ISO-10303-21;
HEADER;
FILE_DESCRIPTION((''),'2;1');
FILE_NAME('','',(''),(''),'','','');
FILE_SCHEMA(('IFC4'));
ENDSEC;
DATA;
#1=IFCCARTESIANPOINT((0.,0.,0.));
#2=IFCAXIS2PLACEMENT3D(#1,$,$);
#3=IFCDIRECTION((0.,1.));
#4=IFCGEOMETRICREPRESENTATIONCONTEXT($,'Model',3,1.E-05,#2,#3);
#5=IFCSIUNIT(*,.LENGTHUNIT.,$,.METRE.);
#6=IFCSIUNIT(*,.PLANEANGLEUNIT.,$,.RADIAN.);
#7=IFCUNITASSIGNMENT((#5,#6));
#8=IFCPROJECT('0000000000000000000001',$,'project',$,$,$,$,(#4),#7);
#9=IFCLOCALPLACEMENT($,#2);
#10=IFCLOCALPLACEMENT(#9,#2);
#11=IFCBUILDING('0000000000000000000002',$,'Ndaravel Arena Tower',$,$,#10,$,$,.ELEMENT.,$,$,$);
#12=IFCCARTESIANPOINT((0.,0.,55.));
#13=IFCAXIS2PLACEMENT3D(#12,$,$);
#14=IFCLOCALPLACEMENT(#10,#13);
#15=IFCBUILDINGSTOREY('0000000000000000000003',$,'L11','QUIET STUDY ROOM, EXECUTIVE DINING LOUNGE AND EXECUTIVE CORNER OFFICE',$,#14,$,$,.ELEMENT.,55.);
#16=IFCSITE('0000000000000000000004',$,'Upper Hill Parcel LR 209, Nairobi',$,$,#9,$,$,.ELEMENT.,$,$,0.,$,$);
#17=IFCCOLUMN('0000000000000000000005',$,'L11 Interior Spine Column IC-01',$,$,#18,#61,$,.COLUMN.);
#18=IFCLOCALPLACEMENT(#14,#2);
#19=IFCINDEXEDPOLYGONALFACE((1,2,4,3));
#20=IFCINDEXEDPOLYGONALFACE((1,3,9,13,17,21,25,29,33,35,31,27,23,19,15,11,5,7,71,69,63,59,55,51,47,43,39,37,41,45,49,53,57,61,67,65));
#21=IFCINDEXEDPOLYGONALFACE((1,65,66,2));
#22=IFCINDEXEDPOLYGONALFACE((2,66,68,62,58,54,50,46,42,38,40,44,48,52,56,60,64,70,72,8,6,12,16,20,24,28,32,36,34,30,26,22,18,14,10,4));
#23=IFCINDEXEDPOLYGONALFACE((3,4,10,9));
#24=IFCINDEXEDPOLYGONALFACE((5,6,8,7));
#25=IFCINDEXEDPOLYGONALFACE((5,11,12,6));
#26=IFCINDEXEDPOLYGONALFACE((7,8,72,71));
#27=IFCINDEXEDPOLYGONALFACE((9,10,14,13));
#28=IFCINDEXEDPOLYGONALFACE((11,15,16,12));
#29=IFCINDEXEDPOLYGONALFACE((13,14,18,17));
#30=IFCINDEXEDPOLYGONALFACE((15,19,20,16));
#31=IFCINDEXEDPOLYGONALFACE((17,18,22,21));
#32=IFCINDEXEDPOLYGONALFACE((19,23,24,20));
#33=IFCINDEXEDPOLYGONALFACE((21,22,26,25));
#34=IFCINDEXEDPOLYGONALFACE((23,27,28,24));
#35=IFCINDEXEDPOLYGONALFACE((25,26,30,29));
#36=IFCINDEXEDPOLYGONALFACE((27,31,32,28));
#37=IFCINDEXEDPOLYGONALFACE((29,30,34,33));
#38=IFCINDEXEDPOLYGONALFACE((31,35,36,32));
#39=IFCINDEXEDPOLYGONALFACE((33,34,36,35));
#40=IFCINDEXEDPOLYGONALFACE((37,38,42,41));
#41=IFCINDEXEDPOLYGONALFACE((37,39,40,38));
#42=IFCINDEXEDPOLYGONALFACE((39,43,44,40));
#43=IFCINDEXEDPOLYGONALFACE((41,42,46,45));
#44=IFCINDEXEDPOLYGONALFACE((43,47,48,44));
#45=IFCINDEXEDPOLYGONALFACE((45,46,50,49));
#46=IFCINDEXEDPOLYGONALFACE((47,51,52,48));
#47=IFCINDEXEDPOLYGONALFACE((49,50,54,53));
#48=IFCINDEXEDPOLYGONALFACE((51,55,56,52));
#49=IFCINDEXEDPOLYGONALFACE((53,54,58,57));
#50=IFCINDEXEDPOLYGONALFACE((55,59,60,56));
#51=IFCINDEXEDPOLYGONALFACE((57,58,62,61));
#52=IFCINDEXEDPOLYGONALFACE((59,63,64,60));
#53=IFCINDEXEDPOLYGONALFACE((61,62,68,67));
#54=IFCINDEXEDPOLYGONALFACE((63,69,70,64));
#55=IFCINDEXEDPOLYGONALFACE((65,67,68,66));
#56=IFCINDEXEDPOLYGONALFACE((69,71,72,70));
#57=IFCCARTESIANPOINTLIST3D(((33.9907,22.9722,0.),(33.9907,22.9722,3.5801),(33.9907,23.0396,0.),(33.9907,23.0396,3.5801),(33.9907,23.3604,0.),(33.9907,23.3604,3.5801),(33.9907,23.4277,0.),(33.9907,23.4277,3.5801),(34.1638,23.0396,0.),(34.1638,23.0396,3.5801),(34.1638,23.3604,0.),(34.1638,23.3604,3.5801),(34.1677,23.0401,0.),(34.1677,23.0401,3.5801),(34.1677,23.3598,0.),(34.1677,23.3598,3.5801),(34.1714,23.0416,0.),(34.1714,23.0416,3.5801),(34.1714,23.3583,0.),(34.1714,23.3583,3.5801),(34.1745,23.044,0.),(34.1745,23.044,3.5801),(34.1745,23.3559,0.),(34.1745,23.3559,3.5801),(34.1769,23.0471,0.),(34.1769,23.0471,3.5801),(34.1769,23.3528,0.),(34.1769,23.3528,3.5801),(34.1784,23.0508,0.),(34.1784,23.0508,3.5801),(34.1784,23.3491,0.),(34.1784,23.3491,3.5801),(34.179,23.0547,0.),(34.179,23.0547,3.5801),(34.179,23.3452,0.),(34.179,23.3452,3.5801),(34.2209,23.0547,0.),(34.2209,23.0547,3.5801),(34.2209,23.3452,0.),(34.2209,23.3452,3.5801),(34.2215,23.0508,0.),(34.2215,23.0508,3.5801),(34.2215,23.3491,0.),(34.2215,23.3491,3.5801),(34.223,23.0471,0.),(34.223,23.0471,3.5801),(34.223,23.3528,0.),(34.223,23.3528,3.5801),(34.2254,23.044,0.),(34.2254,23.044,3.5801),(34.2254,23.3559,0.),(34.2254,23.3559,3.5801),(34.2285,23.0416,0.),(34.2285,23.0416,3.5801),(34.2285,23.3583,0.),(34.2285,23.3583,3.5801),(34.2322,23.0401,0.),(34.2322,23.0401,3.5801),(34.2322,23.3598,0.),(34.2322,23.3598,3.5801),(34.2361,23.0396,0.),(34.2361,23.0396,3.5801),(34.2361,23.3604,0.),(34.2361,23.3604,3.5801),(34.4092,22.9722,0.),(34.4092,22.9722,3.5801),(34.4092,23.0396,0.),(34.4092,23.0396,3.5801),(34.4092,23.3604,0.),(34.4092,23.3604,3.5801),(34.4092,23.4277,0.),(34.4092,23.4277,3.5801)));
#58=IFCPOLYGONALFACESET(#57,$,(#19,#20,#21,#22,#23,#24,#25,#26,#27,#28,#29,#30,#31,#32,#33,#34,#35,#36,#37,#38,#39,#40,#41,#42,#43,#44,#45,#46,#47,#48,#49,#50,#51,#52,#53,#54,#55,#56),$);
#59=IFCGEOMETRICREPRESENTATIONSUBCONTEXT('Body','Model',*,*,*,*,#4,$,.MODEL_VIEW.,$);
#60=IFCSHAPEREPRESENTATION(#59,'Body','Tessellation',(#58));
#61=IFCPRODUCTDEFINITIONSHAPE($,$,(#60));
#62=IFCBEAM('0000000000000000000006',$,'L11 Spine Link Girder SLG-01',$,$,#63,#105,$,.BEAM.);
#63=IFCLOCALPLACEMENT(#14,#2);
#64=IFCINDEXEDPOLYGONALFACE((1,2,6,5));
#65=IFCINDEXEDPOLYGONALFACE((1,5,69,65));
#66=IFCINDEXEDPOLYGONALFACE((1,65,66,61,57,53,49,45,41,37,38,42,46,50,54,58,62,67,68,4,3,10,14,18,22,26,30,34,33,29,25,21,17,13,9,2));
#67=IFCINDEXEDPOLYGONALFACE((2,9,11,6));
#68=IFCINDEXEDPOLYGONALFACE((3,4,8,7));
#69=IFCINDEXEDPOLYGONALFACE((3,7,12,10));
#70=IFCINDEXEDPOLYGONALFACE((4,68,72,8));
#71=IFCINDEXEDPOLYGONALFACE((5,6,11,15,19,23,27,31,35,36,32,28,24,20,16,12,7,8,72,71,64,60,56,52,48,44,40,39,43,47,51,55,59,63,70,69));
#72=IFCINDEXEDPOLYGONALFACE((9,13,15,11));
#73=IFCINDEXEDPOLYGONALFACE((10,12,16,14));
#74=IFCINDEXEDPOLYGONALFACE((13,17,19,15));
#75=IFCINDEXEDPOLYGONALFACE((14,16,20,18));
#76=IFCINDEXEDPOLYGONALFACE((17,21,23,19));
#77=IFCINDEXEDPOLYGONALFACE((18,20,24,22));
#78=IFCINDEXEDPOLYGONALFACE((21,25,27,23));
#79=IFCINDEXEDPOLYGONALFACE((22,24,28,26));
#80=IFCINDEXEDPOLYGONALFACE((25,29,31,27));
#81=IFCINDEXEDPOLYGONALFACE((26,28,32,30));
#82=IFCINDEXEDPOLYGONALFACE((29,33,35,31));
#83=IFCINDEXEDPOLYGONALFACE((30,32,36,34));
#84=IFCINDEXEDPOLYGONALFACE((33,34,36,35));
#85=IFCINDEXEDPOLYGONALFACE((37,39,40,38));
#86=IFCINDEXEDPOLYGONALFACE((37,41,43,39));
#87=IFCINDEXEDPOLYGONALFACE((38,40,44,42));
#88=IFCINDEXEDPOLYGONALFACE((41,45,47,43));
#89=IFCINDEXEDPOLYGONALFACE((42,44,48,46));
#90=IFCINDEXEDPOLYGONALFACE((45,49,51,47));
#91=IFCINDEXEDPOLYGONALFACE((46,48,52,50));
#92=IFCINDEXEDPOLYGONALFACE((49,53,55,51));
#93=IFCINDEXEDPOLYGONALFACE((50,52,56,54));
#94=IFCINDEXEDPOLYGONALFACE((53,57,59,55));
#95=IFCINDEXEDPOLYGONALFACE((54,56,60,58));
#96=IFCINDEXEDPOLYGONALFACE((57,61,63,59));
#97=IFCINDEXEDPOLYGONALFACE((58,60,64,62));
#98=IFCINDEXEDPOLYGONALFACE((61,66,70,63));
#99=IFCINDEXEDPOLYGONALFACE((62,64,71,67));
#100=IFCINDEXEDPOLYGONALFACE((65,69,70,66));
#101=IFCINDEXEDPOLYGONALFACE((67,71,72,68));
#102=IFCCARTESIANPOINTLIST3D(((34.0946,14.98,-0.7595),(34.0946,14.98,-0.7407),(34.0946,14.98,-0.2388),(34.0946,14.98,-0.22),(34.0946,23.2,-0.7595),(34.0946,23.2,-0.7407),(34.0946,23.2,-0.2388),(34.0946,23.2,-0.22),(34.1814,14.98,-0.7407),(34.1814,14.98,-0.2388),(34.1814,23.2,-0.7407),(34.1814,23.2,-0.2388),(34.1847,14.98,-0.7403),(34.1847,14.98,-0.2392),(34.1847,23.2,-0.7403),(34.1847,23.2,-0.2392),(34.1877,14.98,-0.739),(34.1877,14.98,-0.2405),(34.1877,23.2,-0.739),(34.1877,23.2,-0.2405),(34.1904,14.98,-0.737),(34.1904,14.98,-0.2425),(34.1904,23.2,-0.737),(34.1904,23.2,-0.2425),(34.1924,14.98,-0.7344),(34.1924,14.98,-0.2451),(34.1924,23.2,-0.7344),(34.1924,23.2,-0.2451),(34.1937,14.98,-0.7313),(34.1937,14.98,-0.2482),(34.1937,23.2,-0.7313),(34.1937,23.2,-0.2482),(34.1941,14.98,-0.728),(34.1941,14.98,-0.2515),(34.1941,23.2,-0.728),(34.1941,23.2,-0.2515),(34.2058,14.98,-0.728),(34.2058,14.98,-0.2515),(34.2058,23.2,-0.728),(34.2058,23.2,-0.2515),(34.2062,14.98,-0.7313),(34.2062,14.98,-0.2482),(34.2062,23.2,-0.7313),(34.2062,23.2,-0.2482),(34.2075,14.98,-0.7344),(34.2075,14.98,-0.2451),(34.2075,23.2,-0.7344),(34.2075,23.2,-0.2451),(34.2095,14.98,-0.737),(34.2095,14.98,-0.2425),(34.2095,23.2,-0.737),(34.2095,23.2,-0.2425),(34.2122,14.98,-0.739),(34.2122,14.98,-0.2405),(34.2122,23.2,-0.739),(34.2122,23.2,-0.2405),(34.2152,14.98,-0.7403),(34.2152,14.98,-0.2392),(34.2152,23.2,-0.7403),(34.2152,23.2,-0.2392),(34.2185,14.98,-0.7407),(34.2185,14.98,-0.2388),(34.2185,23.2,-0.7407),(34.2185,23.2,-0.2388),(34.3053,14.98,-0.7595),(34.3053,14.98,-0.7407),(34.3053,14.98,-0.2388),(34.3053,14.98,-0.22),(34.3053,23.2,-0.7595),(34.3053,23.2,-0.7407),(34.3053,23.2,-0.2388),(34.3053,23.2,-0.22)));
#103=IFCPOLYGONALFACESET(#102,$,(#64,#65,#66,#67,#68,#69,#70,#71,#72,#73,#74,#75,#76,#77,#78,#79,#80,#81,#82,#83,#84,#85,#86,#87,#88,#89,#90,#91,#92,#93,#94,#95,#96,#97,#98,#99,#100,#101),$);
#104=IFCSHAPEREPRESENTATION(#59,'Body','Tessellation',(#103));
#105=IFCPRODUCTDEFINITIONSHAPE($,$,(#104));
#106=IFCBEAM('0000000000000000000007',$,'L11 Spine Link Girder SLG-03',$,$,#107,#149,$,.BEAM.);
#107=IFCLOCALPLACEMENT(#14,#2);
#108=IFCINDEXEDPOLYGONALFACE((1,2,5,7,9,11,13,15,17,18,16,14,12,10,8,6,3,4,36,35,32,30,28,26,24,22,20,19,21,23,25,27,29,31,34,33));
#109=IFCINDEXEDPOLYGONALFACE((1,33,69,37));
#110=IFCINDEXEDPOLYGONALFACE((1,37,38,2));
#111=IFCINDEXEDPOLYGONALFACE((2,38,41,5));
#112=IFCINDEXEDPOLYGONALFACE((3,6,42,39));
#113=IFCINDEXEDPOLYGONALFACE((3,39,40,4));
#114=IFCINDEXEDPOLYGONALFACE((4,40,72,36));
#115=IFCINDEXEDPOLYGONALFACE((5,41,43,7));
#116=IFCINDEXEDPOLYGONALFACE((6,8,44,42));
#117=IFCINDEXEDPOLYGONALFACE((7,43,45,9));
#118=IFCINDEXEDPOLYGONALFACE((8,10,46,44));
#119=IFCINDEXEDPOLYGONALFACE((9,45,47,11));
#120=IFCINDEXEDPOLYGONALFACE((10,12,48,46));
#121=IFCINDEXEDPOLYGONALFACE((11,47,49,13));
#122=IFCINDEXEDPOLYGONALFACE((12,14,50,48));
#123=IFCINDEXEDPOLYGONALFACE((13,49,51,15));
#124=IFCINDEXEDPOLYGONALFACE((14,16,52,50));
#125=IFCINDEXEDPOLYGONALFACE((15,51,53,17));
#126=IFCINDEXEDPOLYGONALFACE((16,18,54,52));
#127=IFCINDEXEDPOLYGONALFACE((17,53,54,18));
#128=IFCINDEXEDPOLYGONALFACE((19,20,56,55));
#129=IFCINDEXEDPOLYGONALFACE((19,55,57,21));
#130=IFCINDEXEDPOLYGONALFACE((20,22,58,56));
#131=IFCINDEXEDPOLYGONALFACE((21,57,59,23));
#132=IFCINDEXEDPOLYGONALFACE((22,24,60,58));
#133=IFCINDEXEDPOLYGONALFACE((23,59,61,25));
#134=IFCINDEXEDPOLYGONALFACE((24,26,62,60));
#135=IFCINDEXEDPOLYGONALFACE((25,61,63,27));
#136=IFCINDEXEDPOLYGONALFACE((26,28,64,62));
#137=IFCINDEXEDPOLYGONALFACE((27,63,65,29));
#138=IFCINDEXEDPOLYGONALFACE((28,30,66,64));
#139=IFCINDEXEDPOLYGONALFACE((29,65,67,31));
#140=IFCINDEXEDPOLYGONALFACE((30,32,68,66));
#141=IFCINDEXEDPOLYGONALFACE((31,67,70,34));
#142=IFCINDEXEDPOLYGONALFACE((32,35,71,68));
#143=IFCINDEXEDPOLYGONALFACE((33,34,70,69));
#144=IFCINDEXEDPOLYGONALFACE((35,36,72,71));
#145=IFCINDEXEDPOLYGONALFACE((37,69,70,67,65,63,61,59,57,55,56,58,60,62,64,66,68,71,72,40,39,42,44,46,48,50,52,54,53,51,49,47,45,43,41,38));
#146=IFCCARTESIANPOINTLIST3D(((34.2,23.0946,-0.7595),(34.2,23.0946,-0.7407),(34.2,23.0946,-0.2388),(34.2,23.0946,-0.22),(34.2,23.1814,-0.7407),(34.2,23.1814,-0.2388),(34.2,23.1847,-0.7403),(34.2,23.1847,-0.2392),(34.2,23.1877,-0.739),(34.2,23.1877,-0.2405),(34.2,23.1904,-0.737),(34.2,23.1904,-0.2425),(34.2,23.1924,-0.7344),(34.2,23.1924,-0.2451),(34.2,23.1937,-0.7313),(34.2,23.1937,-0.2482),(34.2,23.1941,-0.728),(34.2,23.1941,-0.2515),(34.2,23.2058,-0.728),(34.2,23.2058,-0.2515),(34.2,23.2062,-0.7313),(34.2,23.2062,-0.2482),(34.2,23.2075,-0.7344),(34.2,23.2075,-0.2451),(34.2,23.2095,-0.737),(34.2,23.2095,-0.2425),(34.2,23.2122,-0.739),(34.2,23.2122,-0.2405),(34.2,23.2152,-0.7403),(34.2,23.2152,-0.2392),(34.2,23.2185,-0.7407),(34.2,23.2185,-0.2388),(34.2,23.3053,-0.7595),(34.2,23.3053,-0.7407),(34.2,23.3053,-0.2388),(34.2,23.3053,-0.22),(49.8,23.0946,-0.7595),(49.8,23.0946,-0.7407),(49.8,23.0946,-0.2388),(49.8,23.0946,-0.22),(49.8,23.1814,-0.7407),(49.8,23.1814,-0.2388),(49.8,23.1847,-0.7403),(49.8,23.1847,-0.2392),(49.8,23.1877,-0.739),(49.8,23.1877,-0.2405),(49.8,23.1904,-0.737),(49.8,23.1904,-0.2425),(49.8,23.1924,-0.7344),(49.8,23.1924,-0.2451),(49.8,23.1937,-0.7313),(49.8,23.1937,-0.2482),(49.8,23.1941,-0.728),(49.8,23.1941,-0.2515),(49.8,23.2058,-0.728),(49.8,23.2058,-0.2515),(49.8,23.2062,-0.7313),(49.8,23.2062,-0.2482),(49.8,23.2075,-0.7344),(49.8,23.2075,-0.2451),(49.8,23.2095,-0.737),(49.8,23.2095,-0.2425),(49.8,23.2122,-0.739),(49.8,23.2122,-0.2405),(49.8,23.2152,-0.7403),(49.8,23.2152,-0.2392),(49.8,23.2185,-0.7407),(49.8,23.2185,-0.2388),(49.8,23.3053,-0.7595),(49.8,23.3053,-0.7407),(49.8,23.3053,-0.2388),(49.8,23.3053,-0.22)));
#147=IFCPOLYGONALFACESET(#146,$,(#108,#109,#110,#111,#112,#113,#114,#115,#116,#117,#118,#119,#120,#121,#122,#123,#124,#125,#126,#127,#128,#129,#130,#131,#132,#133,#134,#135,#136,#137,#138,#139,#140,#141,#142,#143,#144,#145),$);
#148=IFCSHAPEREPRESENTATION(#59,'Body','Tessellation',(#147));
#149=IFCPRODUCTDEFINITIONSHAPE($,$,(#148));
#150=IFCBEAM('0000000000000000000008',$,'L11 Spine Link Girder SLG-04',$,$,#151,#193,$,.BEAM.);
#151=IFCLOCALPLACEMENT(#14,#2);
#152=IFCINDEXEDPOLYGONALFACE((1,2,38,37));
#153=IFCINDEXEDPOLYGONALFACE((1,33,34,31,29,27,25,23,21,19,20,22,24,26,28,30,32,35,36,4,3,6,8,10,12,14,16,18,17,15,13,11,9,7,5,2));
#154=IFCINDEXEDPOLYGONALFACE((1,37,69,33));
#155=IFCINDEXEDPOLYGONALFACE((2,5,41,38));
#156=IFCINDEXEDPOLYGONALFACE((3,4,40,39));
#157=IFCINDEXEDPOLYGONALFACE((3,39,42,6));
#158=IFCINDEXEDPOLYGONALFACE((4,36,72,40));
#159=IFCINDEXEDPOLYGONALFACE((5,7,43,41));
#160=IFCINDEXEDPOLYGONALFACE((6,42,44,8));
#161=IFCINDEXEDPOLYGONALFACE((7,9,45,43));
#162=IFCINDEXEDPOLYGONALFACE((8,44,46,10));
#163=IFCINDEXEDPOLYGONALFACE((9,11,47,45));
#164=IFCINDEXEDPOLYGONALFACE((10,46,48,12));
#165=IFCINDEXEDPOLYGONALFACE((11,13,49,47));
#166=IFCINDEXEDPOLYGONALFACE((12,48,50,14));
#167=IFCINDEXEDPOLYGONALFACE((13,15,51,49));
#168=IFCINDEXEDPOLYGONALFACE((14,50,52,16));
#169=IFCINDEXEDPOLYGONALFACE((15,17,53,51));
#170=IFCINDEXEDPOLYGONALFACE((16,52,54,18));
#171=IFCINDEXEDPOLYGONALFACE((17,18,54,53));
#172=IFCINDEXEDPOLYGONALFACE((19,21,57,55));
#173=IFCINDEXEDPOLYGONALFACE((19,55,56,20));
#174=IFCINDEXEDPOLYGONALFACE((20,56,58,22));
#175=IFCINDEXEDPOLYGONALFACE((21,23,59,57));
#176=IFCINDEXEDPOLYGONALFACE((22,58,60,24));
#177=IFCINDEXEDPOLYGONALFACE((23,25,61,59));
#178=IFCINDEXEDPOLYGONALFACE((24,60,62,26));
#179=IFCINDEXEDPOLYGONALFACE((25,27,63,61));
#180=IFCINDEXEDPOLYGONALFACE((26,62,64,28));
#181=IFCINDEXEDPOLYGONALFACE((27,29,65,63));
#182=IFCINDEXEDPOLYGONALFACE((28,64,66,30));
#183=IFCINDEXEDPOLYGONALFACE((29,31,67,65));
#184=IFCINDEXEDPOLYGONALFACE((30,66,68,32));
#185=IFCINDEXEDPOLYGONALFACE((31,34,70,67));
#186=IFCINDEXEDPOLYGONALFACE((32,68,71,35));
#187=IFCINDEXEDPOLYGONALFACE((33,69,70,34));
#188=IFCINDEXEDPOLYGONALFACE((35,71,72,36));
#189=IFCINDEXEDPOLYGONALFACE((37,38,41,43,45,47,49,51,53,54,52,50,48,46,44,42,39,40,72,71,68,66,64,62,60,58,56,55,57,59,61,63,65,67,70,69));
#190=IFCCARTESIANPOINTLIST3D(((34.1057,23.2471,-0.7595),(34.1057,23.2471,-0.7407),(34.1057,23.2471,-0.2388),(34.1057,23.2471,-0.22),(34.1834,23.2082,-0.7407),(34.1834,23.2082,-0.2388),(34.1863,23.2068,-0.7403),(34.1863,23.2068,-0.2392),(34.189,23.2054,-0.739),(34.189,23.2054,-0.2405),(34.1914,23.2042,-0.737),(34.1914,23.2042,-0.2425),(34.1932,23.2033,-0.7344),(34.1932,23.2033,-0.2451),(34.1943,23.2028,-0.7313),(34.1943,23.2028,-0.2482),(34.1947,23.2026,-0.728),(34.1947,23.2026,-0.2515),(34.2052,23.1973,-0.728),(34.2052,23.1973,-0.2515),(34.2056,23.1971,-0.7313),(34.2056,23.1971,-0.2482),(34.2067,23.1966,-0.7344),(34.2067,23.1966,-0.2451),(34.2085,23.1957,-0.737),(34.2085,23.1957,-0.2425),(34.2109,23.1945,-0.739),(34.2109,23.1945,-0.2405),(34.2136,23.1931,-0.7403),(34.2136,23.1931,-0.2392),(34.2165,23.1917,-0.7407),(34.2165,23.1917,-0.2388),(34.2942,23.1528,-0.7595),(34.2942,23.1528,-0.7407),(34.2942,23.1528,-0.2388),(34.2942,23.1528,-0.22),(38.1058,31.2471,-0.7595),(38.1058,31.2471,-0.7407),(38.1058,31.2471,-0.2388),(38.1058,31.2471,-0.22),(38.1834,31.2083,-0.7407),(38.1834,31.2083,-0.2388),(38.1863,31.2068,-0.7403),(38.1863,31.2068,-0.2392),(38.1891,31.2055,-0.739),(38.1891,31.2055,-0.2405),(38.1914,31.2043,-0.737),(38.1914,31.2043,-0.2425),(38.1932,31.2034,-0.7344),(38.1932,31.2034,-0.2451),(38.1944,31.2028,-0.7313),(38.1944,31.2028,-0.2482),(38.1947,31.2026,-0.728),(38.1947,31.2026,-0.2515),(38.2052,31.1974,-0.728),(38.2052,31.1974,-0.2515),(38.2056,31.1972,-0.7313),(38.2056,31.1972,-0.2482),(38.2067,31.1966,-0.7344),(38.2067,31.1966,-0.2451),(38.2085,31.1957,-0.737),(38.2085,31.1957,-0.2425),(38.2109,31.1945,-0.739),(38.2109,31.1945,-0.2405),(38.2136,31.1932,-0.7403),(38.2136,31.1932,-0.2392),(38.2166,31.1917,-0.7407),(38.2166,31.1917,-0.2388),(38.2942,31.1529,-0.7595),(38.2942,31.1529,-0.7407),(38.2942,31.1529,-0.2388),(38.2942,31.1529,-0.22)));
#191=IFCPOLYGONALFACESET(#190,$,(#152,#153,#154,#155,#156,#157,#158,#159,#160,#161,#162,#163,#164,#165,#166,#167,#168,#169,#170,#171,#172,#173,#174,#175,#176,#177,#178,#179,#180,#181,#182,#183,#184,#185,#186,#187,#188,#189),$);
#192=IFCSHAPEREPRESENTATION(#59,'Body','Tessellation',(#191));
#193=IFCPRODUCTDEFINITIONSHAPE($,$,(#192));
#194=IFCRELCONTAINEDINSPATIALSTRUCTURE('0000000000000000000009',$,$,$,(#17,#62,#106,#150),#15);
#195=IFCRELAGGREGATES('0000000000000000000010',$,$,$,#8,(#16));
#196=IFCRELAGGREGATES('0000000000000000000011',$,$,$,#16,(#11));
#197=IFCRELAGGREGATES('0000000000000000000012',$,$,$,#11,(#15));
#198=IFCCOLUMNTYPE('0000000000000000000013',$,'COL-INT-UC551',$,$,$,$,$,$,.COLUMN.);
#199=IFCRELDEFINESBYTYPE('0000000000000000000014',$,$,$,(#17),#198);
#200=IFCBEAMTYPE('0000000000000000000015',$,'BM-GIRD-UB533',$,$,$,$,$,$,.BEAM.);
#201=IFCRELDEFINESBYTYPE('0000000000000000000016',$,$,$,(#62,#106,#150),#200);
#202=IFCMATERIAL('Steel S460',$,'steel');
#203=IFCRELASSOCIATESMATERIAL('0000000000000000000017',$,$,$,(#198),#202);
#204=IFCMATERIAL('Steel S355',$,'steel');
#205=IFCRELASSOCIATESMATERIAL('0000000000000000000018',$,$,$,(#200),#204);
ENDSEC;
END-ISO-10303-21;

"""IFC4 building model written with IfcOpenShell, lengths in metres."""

from ifc_helpers import new_model, si_unit, direction, frame, origin, origin_2d, place, context, subcontext, project, spatial, i_section, extrude, material, material_profile, profile_set, type_object, element, save


model = new_model("IFC4")

# Units and contexts
model_context = context("Model", 3, precision=1e-05, world=origin(), true_north=direction((0.0, 1.0)))
body_context = subcontext(model_context, "Body", "Model", "MODEL_VIEW")
ifc_project = project(units=[si_unit("LENGTHUNIT", "METRE"), si_unit("PLANEANGLEUNIT", "RADIAN")], contexts=[model_context])

# Site, building, storey
site_placement = place(None, origin())
site = spatial("IfcSite", under=ifc_project, at=site_placement, Name="Upper Hill Parcel LR 209, Nairobi", CompositionType="ELEMENT", RefElevation=0.0)
building_placement = place(site_placement, origin())
building = spatial("IfcBuilding", under=site, at=building_placement, Name="Ndaravel Arena Tower", CompositionType="ELEMENT")
storey_placement = place(building_placement, frame((0.0, 0.0, 55.0)))
storey = spatial("IfcBuildingStorey", under=building, at=storey_placement, Name="L11", Description="QUIET STUDY ROOM, EXECUTIVE DINING LOUNGE AND EXECUTIVE CORNER OFFICE", CompositionType="ELEMENT", Elevation=55.0)

# Column
ifc_material_1 = material(Name="Steel S460", Category="steel")
ifc_material_profile_1 = material_profile(ifc_material_1, i_section(OverallWidth=0.4185, OverallDepth=0.4556, WebThickness=0.042, FlangeThickness=0.0674, FilletRadius=0.0151, at=origin_2d()), Name="UC 356x406x551")
ifc_profile_set_1 = profile_set([ifc_material_profile_1], Name="Steel S460")
column_type = type_object("IfcColumnType", Name="COL-INT-UC551", PredefinedType="COLUMN", material=ifc_profile_set_1)
column_placement = place(storey_placement, frame((34.2, 23.2, 0.0), z_axis=(0.0, 0.0, 1.0), x_axis=(1.0, 0.0, 0.0)))
element("IfcColumn", 1, at=column_placement, inside=storey, type_object=column_type, Name="L11 Interior Spine Column IC-01", PredefinedType="COLUMN", context=body_context, shape_type="SweptSolid", body=[
    extrude(i_section(OverallWidth=0.4185, OverallDepth=0.4556, WebThickness=0.042, FlangeThickness=0.0674, FilletRadius=0.0151, at=origin_2d()), origin(), (0.0, 0.0, 1.0), 3.5801),
])

# Beams
ifc_material_2 = material(Name="Steel S355", Category="steel")
ifc_material_profile_2 = material_profile(ifc_material_2, i_section(OverallWidth=0.2107, OverallDepth=0.5396, WebThickness=0.0117, FlangeThickness=0.0188, FilletRadius=0.0127, at=origin_2d()), Name="UB 533x210x109")
ifc_profile_set_2 = profile_set([ifc_material_profile_2], Name="Steel S355")
beam_type_1 = type_object("IfcBeamType", Name="BM-GIRD-UB533", PredefinedType="BEAM", material=ifc_profile_set_2)
beam_1_placement = place(storey_placement, frame((34.2, 14.98, -0.4897), z_axis=(0.0, 1.0, 0.0), x_axis=(-1.0, 0.0, 0.0)))
element("IfcBeam", 2, at=beam_1_placement, inside=storey, type_object=beam_type_1, Name="L11 Spine Link Girder SLG-01", PredefinedType="BEAM", context=body_context, shape_type="SweptSolid", body=[
    extrude(i_section(OverallWidth=0.2107, OverallDepth=0.5396, WebThickness=0.0117, FlangeThickness=0.0188, FilletRadius=0.0127, at=origin_2d()), origin(), (0.0, 0.0, 1.0), 8.22),
])
beam_2_placement = place(storey_placement, frame((34.2, 23.2, -0.4897), z_axis=(1.0, 0.0, 0.0), x_axis=(0.0, 1.0, 0.0)))
element("IfcBeam", 3, at=beam_2_placement, inside=storey, type_object=beam_type_1, Name="L11 Spine Link Girder SLG-03", PredefinedType="BEAM", context=body_context, shape_type="SweptSolid", body=[
    extrude(i_section(OverallWidth=0.2107, OverallDepth=0.5396, WebThickness=0.0117, FlangeThickness=0.0188, FilletRadius=0.0127, at=origin_2d()), origin(), (0.0, 0.0, 1.0), 15.6001),
])
beam_3_placement = place(storey_placement, frame((34.2, 23.2, -0.4897), z_axis=(0.447214, 0.894427, 0.0), x_axis=(-0.894427, 0.447214, 0.0)))
element("IfcBeam", 4, at=beam_3_placement, inside=storey, type_object=beam_type_1, Name="L11 Spine Link Girder SLG-04", PredefinedType="BEAM", context=body_context, shape_type="SweptSolid", body=[
    extrude(i_section(OverallWidth=0.2107, OverallDepth=0.5396, WebThickness=0.0117, FlangeThickness=0.0188, FilletRadius=0.0127, at=origin_2d()), origin(), (0.0, 0.0, 1.0), 8.9443),
])

save(model, "model.ifc")
